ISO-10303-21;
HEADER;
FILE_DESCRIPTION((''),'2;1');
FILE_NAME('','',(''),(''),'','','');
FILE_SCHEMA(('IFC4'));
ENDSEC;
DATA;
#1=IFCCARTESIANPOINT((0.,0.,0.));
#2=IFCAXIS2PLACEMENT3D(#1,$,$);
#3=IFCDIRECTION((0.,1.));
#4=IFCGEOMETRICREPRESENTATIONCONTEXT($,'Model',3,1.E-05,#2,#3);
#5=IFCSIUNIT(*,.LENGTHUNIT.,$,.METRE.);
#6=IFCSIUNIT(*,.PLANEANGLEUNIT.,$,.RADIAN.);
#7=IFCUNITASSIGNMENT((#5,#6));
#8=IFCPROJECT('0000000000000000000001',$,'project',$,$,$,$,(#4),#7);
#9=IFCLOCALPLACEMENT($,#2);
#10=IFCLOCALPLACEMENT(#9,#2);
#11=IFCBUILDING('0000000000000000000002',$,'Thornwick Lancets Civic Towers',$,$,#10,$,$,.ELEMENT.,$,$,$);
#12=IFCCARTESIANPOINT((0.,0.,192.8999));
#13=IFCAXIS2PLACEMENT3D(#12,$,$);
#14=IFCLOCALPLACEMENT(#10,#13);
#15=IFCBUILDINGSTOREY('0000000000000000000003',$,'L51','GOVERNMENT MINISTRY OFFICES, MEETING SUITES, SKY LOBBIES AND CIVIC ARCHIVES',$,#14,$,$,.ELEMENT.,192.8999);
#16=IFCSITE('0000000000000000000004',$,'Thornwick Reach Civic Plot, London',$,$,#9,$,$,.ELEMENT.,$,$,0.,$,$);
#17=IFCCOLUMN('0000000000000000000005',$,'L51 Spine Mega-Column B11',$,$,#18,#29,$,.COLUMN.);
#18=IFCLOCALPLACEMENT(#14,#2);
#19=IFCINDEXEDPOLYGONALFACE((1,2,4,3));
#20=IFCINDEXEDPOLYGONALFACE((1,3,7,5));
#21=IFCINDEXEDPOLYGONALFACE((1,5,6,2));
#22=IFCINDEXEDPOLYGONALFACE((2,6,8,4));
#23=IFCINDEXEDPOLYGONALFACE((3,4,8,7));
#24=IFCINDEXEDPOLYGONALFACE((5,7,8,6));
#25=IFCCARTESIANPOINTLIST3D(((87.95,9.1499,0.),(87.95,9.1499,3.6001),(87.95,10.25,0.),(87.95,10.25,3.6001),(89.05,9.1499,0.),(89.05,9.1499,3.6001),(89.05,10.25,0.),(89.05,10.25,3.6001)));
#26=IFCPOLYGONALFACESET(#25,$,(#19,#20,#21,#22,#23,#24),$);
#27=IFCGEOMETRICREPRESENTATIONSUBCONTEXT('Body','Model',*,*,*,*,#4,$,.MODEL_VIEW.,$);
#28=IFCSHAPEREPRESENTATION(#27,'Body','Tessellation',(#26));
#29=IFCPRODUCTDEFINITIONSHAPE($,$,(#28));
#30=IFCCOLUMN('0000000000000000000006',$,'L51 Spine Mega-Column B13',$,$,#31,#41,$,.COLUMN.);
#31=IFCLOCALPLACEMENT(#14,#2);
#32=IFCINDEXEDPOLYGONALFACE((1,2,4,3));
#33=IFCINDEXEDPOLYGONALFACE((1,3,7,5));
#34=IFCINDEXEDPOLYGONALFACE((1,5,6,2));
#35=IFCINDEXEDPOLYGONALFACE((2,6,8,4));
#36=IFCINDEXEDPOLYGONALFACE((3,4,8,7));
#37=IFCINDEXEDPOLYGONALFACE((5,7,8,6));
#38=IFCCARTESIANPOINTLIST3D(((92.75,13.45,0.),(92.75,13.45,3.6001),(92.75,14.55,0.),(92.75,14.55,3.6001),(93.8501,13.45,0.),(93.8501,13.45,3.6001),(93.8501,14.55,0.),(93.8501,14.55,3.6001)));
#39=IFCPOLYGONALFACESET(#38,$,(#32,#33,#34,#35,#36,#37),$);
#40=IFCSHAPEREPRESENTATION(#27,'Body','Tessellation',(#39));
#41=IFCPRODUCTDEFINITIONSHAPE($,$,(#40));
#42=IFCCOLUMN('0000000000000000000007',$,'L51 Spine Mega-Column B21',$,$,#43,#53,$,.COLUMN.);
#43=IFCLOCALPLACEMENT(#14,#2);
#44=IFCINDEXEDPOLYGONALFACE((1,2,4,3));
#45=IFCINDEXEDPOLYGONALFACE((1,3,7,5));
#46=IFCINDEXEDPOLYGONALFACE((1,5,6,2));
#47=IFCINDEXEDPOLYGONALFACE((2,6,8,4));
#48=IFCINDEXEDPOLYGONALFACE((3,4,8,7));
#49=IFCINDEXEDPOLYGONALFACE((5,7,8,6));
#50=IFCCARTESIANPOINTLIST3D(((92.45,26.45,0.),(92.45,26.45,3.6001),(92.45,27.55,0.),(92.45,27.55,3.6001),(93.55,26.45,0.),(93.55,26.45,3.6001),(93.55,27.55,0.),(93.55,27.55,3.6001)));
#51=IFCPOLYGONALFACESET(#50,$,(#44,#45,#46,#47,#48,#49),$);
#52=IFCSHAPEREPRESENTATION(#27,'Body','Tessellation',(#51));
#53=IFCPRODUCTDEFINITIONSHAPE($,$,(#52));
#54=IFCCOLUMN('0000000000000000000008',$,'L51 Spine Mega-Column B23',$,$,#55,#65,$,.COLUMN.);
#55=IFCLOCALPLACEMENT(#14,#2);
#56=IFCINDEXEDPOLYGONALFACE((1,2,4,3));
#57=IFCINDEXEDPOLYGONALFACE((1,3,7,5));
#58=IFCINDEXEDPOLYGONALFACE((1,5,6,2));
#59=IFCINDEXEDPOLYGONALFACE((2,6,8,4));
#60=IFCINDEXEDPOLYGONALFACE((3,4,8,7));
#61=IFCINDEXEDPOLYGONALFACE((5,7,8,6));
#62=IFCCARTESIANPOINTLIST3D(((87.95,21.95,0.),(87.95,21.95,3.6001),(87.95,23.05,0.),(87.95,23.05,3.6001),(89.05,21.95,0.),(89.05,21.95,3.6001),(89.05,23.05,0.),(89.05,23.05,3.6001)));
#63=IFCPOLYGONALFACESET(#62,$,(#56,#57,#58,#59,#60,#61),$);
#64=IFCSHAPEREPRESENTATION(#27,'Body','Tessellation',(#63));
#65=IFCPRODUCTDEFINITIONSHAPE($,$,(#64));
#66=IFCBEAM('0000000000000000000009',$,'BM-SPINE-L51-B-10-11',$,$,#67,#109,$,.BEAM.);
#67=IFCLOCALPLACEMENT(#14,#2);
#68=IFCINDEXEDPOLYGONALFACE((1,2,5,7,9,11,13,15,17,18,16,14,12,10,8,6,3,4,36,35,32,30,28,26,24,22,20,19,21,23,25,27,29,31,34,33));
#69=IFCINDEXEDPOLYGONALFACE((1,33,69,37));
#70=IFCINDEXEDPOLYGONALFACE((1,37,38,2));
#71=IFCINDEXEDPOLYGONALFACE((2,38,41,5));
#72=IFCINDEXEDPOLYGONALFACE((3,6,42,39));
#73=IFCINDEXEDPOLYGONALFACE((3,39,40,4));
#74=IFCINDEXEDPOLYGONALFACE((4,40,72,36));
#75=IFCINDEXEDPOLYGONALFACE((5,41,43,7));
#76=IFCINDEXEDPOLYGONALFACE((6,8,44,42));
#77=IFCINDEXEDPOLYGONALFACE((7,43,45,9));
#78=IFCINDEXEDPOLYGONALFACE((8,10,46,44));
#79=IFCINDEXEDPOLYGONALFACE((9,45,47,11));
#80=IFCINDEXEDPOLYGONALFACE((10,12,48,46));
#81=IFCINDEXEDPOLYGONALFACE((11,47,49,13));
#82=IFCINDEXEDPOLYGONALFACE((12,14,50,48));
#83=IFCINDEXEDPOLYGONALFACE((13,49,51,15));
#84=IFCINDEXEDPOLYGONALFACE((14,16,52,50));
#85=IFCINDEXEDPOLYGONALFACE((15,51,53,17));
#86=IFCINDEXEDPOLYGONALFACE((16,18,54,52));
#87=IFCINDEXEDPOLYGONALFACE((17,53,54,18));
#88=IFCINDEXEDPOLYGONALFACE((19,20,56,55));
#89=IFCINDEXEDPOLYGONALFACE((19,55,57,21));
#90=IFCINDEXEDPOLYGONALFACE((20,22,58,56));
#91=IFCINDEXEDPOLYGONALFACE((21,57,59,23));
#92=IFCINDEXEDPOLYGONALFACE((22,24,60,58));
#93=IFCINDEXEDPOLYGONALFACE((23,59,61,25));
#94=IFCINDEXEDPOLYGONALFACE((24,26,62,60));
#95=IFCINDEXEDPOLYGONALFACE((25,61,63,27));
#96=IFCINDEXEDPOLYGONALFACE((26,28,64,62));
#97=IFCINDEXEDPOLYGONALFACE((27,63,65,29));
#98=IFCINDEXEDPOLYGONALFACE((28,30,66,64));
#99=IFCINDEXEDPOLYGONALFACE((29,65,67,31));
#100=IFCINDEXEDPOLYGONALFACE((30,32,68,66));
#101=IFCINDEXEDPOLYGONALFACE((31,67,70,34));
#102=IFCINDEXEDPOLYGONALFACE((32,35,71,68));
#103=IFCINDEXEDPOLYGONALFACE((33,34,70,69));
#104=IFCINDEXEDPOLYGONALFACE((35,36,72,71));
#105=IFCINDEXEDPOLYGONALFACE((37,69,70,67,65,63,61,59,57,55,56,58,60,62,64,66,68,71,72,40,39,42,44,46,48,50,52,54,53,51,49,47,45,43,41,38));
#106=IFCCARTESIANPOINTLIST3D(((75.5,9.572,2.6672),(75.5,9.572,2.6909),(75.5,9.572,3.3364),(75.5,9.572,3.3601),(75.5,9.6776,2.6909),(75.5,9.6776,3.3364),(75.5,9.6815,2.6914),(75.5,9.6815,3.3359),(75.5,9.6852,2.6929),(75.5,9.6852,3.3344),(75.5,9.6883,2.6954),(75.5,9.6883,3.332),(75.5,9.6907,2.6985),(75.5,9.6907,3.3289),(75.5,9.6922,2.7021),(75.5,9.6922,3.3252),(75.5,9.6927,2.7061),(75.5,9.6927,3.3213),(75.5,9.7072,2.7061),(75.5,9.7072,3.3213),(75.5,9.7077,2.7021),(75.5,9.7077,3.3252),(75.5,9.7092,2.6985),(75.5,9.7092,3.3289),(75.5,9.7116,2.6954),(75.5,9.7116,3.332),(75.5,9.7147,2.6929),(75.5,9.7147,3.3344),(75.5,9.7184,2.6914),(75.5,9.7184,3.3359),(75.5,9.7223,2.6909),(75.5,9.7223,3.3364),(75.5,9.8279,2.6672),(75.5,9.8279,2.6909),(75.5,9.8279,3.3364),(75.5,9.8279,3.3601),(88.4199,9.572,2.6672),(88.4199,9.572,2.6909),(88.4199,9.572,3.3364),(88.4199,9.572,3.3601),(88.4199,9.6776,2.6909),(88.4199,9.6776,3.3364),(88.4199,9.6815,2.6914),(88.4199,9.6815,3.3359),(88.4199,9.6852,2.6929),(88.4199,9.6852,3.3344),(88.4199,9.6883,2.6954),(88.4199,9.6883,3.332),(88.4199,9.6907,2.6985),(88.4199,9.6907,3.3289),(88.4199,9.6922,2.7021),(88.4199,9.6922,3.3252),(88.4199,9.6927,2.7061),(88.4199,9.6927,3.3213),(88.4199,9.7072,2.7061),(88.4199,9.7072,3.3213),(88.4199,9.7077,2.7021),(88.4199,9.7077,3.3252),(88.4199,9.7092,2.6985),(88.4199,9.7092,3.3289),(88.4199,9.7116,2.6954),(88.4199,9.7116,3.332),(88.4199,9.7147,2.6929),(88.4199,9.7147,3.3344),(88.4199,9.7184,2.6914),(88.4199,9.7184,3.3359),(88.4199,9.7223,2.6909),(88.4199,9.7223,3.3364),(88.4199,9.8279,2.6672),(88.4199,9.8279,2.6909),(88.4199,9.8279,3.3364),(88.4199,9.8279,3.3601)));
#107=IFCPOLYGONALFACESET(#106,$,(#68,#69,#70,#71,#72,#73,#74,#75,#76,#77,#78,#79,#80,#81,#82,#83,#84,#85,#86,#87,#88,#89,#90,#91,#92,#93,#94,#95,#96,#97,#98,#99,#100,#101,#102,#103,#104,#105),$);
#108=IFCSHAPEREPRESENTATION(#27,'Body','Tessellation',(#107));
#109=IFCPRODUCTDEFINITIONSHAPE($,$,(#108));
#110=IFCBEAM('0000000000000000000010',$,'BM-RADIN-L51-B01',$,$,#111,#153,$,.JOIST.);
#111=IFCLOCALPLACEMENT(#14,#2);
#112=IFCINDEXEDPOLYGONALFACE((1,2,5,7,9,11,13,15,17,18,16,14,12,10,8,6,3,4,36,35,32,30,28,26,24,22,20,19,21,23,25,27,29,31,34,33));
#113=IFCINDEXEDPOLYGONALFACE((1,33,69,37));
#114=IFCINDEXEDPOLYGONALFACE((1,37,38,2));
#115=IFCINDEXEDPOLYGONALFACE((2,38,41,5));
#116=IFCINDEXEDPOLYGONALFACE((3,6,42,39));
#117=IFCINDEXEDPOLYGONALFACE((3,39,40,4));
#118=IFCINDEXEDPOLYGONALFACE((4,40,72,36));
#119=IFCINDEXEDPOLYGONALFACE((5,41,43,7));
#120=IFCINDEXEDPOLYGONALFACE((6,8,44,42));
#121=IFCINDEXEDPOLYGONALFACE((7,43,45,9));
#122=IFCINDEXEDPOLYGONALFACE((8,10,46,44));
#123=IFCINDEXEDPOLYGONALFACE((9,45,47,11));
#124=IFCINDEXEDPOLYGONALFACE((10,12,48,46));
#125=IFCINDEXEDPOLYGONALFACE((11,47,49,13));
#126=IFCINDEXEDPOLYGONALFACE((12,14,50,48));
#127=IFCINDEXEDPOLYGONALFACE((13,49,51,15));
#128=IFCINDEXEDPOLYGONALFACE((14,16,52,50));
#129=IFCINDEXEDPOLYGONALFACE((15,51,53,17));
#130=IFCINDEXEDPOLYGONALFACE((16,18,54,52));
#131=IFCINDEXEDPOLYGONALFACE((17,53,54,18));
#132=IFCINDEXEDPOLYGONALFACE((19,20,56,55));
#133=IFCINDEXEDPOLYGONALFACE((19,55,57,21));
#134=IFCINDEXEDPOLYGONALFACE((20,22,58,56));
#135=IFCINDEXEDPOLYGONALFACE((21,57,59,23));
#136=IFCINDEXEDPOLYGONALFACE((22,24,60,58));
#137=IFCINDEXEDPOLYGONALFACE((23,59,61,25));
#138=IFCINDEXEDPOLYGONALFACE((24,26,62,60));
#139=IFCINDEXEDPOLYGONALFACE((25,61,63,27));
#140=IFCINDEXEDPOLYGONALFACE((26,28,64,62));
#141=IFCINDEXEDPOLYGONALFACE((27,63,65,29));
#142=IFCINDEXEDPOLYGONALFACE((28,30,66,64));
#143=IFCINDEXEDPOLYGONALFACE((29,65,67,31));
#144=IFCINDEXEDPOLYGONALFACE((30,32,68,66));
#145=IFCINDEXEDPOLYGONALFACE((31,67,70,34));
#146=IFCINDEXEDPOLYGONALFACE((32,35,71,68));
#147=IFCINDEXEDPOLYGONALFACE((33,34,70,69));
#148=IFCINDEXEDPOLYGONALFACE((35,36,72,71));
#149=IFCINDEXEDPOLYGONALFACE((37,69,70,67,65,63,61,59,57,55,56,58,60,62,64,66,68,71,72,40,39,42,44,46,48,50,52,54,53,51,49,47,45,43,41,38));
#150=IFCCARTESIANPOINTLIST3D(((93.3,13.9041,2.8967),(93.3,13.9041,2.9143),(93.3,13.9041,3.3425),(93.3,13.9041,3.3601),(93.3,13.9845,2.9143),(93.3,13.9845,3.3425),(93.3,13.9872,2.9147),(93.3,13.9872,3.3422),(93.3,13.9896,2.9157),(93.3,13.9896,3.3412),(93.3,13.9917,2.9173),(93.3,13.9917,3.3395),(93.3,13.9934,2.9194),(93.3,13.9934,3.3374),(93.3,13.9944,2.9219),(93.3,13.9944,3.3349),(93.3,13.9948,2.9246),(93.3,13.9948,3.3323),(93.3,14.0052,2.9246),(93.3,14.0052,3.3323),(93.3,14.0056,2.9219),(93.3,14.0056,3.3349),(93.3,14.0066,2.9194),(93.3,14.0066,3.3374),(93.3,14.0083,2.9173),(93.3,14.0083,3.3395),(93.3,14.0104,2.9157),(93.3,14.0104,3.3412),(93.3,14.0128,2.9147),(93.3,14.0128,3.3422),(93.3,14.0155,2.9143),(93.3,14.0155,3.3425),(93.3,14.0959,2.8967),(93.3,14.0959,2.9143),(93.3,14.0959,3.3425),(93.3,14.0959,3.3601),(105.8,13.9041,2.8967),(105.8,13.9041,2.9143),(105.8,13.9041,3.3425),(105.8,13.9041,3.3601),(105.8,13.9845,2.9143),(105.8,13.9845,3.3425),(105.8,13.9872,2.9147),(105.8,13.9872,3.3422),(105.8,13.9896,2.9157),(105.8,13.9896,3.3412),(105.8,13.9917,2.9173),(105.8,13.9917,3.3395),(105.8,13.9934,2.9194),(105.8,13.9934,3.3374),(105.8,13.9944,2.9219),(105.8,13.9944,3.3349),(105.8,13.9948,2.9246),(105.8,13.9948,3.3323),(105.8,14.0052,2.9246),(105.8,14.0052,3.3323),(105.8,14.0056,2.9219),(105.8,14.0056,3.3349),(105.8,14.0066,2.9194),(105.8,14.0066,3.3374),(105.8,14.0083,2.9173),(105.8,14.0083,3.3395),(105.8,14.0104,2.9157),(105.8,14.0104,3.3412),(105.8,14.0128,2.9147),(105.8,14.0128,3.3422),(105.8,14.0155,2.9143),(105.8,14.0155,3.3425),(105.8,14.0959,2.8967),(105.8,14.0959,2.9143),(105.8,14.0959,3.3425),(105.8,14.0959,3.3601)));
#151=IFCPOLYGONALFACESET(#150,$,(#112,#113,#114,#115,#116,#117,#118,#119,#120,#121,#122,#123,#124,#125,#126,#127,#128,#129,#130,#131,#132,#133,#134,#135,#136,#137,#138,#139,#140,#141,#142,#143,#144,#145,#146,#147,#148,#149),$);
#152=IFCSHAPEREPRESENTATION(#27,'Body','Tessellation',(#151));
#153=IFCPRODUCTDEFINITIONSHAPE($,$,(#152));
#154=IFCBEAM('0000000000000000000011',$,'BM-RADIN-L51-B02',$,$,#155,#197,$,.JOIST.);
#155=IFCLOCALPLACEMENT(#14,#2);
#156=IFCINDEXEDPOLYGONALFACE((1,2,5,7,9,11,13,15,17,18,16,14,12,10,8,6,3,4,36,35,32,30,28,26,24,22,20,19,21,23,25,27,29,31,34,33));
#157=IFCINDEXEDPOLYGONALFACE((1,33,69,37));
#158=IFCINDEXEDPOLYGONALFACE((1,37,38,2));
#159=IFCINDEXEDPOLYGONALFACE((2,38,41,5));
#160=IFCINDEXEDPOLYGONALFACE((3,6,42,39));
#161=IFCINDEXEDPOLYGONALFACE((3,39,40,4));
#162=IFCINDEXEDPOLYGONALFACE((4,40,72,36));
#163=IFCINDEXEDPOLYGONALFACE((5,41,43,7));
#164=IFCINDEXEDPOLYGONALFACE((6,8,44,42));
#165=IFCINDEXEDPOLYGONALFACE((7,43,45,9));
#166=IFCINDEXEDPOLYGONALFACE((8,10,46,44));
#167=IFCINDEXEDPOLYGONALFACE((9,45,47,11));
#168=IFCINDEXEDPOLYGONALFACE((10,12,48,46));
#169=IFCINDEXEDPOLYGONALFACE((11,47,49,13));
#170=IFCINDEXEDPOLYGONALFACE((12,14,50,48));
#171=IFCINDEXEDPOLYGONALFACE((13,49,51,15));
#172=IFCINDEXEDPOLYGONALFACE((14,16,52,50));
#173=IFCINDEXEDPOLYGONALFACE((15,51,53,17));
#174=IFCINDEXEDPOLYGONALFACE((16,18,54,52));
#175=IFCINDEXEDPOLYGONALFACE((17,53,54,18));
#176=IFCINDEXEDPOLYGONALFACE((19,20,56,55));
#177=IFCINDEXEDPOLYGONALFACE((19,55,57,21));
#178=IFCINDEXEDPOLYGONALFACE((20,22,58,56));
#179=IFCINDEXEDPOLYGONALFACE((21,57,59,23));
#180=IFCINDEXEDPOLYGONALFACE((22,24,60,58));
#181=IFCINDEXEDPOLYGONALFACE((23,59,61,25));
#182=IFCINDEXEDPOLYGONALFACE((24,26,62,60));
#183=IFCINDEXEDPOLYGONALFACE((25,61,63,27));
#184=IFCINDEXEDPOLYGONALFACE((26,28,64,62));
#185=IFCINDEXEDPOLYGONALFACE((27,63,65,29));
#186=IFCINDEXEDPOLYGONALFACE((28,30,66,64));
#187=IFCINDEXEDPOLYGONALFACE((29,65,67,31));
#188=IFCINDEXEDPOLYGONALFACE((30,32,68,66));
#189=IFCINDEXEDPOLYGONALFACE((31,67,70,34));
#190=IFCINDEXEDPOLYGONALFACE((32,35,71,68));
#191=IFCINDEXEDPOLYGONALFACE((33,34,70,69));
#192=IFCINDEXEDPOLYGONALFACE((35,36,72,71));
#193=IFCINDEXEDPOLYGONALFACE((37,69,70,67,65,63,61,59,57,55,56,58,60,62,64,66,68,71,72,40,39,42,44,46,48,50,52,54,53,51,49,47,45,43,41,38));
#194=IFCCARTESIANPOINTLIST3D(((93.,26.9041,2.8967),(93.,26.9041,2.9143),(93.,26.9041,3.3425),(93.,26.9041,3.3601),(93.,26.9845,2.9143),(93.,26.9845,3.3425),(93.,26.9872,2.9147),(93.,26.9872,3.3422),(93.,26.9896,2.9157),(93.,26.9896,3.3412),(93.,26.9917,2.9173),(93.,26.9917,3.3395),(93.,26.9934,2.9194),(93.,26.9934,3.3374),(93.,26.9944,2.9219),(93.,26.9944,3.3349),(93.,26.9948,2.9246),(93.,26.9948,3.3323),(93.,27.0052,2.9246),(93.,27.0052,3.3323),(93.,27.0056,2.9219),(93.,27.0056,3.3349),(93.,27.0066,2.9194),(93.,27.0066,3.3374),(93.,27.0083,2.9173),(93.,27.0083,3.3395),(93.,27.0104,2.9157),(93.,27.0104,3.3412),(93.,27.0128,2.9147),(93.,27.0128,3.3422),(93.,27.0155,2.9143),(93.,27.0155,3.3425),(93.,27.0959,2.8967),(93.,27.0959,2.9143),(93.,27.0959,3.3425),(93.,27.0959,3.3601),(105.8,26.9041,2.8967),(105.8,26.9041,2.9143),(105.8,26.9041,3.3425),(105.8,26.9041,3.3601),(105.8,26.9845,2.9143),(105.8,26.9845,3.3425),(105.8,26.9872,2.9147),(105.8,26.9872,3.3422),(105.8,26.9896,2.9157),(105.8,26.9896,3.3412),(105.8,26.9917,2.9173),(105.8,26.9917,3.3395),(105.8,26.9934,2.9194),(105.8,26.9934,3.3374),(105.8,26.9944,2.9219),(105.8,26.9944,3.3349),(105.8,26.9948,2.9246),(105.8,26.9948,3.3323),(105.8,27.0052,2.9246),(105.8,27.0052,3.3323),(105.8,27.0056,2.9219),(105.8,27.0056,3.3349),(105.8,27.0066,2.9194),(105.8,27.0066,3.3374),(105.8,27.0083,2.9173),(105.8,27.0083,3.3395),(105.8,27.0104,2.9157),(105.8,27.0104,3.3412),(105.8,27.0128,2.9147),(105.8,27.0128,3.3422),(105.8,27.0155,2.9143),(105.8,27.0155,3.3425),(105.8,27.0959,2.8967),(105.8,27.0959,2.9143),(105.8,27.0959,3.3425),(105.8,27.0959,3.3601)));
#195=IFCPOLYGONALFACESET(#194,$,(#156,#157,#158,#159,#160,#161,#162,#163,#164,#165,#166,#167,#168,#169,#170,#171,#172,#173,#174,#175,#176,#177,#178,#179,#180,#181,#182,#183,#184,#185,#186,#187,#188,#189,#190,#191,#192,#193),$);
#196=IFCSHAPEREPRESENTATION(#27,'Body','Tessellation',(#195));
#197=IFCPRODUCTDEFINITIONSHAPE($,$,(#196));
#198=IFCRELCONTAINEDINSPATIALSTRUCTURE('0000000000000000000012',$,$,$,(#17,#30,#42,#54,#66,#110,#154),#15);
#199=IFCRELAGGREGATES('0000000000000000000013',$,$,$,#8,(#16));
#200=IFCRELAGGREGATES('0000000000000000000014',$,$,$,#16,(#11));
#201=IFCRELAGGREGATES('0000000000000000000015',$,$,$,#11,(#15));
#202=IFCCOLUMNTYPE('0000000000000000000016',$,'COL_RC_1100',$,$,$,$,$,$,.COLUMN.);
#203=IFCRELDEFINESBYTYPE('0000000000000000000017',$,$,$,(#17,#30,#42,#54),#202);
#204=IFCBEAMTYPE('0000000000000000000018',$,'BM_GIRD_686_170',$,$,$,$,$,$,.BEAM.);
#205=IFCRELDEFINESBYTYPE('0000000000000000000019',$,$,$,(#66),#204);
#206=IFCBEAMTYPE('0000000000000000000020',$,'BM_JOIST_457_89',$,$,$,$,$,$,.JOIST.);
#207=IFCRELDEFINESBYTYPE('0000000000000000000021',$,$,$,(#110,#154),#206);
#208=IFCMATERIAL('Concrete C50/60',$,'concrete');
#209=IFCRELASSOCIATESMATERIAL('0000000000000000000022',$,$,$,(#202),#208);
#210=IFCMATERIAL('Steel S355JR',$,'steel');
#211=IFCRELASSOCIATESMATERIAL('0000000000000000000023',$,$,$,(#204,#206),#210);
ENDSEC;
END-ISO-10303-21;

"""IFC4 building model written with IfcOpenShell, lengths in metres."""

from ifc_helpers import new_model, si_unit, direction, frame, origin, origin_2d, place, context, subcontext, project, spatial, rectangle, i_section, extrude, material, material_profile, profile_set, type_object, element, save


model = new_model("IFC4")

# Units and contexts
model_context = context("Model", 3, precision=1e-05, world=origin(), true_north=direction((0.0, 1.0)))
body_context = subcontext(model_context, "Body", "Model", "MODEL_VIEW")
ifc_project = project(units=[si_unit("LENGTHUNIT", "METRE"), si_unit("PLANEANGLEUNIT", "RADIAN")], contexts=[model_context])

# Site, building, storey
site_placement = place(None, origin())
site = spatial("IfcSite", under=ifc_project, at=site_placement, Name="Thornwick Reach Civic Plot, London", CompositionType="ELEMENT", RefElevation=0.0)
building_placement = place(site_placement, origin())
building = spatial("IfcBuilding", under=site, at=building_placement, Name="Thornwick Lancets Civic Towers", CompositionType="ELEMENT")
storey_placement = place(building_placement, frame((0.0, 0.0, 192.8999)))
storey = spatial("IfcBuildingStorey", under=building, at=storey_placement, Name="L51", Description="GOVERNMENT MINISTRY OFFICES, MEETING SUITES, SKY LOBBIES AND CIVIC ARCHIVES", CompositionType="ELEMENT", Elevation=192.8999)

# Columns
ifc_material_1 = material(Name="Concrete C50/60", Category="concrete")
ifc_material_profile_1 = material_profile(ifc_material_1, rectangle(XDim=1.1001, YDim=1.1001, at=origin_2d()), Name="RC 1100x1100")
ifc_profile_set_1 = profile_set([ifc_material_profile_1], Name="Concrete C50/60")
column_type = type_object("IfcColumnType", Name="COL_RC_1100", PredefinedType="COLUMN", material=ifc_profile_set_1)
for number, where, z_axis, x_axis, name in (
    (1, (88.5, 9.7, 0.0), (0.0, 0.0, 1.0), (1.0, 0.0, 0.0), "L51 Spine Mega-Column B11"),
    (2, (93.3, 14.0, 0.0), (0.0, 0.0, 1.0), (1.0, 0.0, 0.0), "L51 Spine Mega-Column B13"),
    (3, (93.0, 27.0, 0.0), (0.0, 0.0, 1.0), (1.0, 0.0, 0.0), "L51 Spine Mega-Column B21"),
    (4, (88.5, 22.5, 0.0), (0.0, 0.0, 1.0), (1.0, 0.0, 0.0), "L51 Spine Mega-Column B23"),
):
    element("IfcColumn", number, at=place(storey_placement, frame(where, z_axis=z_axis, x_axis=x_axis)), inside=storey, type_object=column_type, Name=name, PredefinedType="COLUMN", context=body_context, shape_type="SweptSolid", body=[
        extrude(rectangle(XDim=1.1001, YDim=1.1001, at=origin_2d()), origin(), (0.0, 0.0, 1.0), 3.6001),
    ])

# Beams
ifc_material_2 = material(Name="Steel S355JR", Category="steel")
ifc_material_profile_2 = material_profile(ifc_material_2, i_section(OverallWidth=0.2559, OverallDepth=0.6929, WebThickness=0.0144, FlangeThickness=0.0237, FilletRadius=0.0151, at=origin_2d()), Name="UKB 686x254x170")
ifc_profile_set_2 = profile_set([ifc_material_profile_2], Name="Steel S355JR")
beam_type_1 = type_object("IfcBeamType", Name="BM_GIRD_686_170", PredefinedType="BEAM", material=ifc_profile_set_2)
beam_1_placement = place(storey_placement, frame((88.4199, 9.7, 3.0137), z_axis=(-1.0, 0.0, 0.0), x_axis=(0.0, -1.0, 0.0)))
element("IfcBeam", 5, at=beam_1_placement, inside=storey, type_object=beam_type_1, Name="BM-SPINE-L51-B-10-11", PredefinedType="BEAM", context=body_context, shape_type="SweptSolid", body=[
    extrude(i_section(OverallWidth=0.2559, OverallDepth=0.6929, WebThickness=0.0144, FlangeThickness=0.0237, FilletRadius=0.0151, at=origin_2d()), origin(), (0.0, 0.0, 1.0), 12.9199),
])
ifc_material_profile_3 = material_profile(ifc_material_2, i_section(OverallWidth=0.1919, OverallDepth=0.4634, WebThickness=0.0105, FlangeThickness=0.0176, FilletRadius=0.0103, at=origin_2d()), Name="UKB 457x191x89")
ifc_profile_set_3 = profile_set([ifc_material_profile_3], Name="Steel S355JR")
beam_type_2 = type_object("IfcBeamType", Name="BM_JOIST_457_89", PredefinedType="JOIST", material=ifc_profile_set_3)
beam_2_placement = place(storey_placement, frame((93.3, 14.0, 3.1284), z_axis=(1.0, 0.0, 0.0), x_axis=(0.0, 1.0, 0.0)))
element("IfcBeam", 6, at=beam_2_placement, inside=storey, type_object=beam_type_2, Name="BM-RADIN-L51-B01", PredefinedType="JOIST", context=body_context, shape_type="SweptSolid", body=[
    extrude(i_section(OverallWidth=0.1919, OverallDepth=0.4634, WebThickness=0.0105, FlangeThickness=0.0176, FilletRadius=0.0103, at=origin_2d()), origin(), (0.0, 0.0, 1.0), 12.5),
])
for number, where, z_axis, x_axis, name in (
    (7, (93.0, 27.0, 3.1284), (1.0, 0.0, 0.0), (0.0, 1.0, 0.0), "BM-RADIN-L51-B02"),
):
    element("IfcBeam", number, at=place(storey_placement, frame(where, z_axis=z_axis, x_axis=x_axis)), inside=storey, type_object=beam_type_2, Name=name, PredefinedType="JOIST", context=body_context, shape_type="SweptSolid", body=[
        extrude(i_section(OverallWidth=0.1919, OverallDepth=0.4634, WebThickness=0.0105, FlangeThickness=0.0176, FilletRadius=0.0103, at=origin_2d()), origin(), (0.0, 0.0, 1.0), 12.8),
    ])

save(model, "model.ifc")
